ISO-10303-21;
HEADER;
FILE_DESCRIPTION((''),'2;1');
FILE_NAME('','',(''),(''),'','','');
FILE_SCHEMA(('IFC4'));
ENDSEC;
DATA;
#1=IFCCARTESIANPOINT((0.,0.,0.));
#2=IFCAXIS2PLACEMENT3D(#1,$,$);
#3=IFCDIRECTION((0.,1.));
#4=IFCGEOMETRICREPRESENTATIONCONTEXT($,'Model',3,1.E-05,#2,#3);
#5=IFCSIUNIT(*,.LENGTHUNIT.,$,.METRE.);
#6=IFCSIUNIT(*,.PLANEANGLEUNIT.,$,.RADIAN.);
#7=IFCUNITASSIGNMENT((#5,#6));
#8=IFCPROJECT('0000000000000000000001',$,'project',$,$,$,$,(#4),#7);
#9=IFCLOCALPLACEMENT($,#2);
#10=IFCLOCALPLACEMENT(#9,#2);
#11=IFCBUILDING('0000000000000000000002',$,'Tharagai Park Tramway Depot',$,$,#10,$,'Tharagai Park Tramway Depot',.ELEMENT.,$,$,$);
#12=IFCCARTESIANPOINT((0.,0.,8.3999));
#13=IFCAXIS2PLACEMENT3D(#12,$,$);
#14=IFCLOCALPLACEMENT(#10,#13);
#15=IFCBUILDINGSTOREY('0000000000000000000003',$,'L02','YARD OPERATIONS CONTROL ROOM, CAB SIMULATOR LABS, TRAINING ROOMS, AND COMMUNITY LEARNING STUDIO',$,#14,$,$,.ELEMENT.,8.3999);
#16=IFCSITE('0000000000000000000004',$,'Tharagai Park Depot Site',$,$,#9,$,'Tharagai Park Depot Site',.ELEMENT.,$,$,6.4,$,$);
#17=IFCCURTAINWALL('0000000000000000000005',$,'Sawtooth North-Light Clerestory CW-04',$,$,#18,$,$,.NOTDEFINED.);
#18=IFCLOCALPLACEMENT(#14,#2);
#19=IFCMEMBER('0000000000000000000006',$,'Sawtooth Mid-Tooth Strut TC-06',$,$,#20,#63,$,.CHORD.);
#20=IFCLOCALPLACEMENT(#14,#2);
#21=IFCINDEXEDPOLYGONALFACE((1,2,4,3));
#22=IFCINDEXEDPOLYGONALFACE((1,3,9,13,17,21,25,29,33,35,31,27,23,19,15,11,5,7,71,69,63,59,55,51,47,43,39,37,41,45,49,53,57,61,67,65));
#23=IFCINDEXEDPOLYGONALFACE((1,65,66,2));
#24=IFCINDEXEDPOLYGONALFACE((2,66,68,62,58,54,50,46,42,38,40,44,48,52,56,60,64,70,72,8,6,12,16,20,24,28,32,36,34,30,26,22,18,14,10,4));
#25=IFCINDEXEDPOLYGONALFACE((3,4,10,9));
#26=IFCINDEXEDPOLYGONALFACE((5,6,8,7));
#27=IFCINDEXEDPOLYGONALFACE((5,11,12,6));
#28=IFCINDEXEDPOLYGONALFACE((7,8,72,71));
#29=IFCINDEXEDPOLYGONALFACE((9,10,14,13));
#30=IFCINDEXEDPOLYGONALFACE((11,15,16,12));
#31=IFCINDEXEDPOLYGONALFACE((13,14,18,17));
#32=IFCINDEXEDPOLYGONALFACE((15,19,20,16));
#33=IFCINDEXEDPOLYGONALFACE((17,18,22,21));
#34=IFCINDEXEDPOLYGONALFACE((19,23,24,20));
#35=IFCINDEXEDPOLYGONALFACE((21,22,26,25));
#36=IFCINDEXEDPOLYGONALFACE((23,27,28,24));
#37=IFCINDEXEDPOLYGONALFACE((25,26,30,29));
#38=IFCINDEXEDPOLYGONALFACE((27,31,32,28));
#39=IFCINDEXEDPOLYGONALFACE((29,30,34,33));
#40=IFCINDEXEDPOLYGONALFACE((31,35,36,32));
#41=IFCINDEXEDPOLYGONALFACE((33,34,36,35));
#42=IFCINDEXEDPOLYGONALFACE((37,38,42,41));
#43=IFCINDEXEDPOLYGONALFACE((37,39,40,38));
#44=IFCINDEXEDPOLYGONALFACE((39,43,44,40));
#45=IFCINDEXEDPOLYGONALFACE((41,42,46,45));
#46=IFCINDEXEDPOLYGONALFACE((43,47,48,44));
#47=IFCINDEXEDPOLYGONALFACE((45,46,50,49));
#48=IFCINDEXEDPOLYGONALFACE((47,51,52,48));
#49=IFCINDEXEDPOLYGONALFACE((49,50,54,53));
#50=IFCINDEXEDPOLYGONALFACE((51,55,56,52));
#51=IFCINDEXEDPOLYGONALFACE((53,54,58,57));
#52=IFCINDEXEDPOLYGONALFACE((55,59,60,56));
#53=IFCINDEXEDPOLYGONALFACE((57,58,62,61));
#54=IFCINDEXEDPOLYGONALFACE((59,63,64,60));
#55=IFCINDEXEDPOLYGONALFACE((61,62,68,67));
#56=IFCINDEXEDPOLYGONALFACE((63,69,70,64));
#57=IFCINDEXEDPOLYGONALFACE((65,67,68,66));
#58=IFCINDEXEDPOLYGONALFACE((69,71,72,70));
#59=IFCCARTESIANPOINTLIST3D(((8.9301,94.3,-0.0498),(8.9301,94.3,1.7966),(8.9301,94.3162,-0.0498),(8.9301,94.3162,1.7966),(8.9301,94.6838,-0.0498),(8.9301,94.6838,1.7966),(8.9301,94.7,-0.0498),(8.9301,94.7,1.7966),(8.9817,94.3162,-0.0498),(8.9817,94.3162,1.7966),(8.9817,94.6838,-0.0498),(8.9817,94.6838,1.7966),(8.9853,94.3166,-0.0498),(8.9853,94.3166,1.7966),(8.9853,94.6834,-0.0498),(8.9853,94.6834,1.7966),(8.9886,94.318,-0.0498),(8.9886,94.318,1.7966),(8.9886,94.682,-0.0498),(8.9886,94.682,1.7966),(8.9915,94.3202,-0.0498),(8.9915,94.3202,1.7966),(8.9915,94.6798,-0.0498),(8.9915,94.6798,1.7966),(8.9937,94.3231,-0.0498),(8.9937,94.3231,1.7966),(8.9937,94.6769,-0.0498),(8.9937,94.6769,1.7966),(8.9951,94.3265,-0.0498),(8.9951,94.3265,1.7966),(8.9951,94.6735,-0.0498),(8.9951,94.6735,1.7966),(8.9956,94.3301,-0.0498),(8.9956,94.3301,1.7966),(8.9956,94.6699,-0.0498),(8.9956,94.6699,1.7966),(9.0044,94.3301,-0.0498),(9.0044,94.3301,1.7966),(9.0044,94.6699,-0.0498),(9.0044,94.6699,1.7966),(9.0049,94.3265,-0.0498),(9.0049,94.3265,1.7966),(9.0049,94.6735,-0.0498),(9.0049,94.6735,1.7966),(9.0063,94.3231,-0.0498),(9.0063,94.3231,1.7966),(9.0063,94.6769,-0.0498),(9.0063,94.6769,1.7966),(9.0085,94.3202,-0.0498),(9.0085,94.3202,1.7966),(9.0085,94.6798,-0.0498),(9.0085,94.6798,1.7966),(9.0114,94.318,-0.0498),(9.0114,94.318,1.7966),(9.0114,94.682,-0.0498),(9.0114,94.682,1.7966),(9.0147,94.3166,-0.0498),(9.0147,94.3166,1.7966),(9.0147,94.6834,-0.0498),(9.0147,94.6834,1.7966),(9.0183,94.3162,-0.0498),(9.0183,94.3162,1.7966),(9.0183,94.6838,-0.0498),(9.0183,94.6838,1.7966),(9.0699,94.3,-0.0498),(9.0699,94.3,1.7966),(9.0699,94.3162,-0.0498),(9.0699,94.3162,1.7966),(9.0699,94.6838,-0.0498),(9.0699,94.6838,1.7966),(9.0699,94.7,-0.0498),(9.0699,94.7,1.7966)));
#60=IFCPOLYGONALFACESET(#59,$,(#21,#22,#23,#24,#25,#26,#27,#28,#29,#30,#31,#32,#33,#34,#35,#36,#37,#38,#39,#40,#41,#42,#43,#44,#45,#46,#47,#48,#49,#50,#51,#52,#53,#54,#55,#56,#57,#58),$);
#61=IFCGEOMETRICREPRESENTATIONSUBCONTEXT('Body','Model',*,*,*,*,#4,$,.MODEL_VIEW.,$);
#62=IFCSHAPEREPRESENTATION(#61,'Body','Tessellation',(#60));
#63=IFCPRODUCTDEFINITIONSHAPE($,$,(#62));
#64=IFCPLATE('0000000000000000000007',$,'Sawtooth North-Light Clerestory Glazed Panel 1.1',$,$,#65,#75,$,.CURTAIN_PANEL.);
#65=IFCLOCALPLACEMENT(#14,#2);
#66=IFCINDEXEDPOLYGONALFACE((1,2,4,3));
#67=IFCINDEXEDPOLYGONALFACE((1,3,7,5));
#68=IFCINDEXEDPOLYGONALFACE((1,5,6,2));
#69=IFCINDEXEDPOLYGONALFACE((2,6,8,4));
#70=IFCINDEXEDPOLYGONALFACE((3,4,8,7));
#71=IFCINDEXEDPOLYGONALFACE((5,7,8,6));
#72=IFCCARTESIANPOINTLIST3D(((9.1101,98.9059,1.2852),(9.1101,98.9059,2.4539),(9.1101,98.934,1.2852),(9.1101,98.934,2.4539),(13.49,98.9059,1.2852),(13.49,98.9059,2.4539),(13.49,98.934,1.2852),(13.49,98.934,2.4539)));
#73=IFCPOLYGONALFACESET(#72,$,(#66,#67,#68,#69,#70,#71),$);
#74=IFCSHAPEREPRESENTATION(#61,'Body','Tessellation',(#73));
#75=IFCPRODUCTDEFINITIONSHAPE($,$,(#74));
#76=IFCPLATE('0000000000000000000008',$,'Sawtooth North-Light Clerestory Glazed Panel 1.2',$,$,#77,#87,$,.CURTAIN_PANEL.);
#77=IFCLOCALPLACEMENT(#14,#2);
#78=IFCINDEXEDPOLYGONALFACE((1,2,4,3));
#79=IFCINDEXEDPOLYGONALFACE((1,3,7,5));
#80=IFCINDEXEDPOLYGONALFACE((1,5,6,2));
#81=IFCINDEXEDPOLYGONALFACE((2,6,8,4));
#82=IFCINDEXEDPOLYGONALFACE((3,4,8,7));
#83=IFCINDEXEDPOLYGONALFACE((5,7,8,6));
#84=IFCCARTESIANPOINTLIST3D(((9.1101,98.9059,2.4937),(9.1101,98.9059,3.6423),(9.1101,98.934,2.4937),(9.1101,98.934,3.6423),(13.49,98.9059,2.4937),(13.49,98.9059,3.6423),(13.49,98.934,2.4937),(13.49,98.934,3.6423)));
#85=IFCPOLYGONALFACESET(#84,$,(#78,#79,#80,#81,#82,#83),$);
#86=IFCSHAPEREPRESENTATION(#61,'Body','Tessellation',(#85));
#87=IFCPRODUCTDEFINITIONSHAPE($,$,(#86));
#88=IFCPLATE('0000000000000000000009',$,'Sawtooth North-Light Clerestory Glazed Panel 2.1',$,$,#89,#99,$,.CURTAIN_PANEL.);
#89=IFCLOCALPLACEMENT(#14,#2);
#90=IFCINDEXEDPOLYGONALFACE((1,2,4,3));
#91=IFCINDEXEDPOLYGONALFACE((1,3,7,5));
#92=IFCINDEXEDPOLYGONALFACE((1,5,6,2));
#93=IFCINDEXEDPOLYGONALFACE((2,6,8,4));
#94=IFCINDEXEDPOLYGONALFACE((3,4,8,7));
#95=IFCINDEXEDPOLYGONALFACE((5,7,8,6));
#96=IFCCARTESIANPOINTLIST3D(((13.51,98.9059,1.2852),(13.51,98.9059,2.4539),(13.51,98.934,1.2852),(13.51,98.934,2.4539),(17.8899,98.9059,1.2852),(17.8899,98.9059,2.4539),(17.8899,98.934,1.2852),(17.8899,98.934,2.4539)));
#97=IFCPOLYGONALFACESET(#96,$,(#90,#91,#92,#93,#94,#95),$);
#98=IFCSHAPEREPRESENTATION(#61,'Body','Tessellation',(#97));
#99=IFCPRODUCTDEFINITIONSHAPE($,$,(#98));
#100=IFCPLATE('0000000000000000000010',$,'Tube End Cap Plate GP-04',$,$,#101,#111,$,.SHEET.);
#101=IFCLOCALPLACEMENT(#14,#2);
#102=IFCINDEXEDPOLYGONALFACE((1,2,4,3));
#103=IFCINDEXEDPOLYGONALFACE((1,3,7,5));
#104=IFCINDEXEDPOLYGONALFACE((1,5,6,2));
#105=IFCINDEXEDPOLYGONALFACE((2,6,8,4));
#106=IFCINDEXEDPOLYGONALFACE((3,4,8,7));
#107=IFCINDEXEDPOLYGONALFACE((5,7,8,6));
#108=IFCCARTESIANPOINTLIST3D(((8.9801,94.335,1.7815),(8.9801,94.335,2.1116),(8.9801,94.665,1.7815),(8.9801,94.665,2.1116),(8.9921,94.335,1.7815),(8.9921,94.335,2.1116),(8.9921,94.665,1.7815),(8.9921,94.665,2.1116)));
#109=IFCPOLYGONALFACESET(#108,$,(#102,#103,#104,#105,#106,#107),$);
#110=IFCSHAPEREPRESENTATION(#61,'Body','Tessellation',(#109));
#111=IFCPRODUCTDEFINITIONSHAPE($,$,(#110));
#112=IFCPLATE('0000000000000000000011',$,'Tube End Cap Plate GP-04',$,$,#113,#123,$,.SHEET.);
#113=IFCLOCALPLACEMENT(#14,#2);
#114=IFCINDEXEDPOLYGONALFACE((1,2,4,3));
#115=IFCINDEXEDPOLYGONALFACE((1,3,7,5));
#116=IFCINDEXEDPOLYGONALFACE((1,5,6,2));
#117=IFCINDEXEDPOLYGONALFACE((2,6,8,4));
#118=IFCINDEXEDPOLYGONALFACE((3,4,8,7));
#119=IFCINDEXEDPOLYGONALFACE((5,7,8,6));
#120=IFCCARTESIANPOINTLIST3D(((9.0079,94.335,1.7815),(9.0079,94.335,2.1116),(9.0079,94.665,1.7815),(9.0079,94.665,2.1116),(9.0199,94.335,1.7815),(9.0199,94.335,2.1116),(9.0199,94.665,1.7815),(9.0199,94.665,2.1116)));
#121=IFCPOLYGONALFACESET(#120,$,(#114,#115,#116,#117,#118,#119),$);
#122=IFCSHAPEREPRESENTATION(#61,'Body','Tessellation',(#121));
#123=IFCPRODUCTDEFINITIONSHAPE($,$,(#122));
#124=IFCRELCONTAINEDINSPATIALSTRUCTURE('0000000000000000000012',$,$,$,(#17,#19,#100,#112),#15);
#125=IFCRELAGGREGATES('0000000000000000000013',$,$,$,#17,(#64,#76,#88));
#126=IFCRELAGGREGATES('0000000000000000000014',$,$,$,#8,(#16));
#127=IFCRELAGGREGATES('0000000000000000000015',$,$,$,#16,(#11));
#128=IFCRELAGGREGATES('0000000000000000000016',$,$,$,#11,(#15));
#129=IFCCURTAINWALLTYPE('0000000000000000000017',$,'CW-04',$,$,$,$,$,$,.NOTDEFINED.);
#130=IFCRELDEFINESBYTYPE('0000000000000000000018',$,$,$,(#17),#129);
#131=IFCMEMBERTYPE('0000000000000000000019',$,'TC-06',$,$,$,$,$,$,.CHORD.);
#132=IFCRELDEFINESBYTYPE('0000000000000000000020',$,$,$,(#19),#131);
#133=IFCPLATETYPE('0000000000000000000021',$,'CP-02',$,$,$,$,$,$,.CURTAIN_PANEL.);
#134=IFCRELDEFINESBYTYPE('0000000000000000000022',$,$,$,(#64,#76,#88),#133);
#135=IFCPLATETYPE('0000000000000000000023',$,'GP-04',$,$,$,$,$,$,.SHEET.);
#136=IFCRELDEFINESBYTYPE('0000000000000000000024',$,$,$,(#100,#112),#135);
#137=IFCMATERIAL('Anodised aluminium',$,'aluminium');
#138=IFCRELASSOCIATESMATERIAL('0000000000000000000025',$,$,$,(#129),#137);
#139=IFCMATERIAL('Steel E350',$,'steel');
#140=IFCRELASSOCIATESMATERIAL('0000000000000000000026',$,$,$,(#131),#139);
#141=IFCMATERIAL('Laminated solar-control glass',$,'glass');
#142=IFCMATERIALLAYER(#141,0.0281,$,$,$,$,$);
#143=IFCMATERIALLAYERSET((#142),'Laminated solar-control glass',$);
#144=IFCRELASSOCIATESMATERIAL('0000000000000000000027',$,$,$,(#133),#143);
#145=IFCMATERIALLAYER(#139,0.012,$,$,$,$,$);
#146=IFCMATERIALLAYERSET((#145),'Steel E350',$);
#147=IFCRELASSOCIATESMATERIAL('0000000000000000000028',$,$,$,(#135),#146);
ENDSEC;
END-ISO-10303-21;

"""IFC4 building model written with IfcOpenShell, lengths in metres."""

from ifc_helpers import new_model, si_unit, direction, frame, origin, origin_2d, place, context, subcontext, project, spatial, rectangle, i_section, extrude, material, layer, layer_set, material_profile, profile_set, type_object, element, aggregate, save


model = new_model("IFC4")

# Units and contexts
model_context = context("Model", 3, precision=1e-05, world=origin(), true_north=direction((0.0, 1.0)))
body_context = subcontext(model_context, "Body", "Model", "MODEL_VIEW")
ifc_project = project(units=[si_unit("LENGTHUNIT", "METRE"), si_unit("PLANEANGLEUNIT", "RADIAN")], contexts=[model_context])

# Site, building, storey
site_placement = place(None, origin())
site = spatial("IfcSite", under=ifc_project, at=site_placement, Name="Tharagai Park Depot Site", LongName="Tharagai Park Depot Site", CompositionType="ELEMENT", RefElevation=6.4)
building_placement = place(site_placement, origin())
building = spatial("IfcBuilding", under=site, at=building_placement, Name="Tharagai Park Tramway Depot", LongName="Tharagai Park Tramway Depot", CompositionType="ELEMENT")
storey_placement = place(building_placement, frame((0.0, 0.0, 8.3999)))
storey = spatial("IfcBuildingStorey", under=building, at=storey_placement, Name="L02", Description="YARD OPERATIONS CONTROL ROOM, CAB SIMULATOR LABS, TRAINING ROOMS, AND COMMUNITY LEARNING STUDIO", CompositionType="ELEMENT", Elevation=8.3999)

# Shared definitions
ifc_material_1 = material(Name="Steel E350", Category="steel")

# Curtain wall
ifc_material_2 = material(Name="Anodised aluminium", Category="aluminium")
curtain_wall_type = type_object("IfcCurtainWallType", Name="CW-04", PredefinedType="NOTDEFINED", material=ifc_material_2)
curtain_wall_1_placement = place(storey_placement, origin())
curtain_wall_1 = element("IfcCurtainWall", 1, at=curtain_wall_1_placement, inside=storey, type_object=curtain_wall_type, Name="Sawtooth North-Light Clerestory CW-04", PredefinedType="NOTDEFINED")

# Member
ifc_material_profile_1 = material_profile(ifc_material_1, i_section(OverallWidth=0.1399, OverallDepth=0.3999, WebThickness=0.0088, FlangeThickness=0.0161, FilletRadius=0.0139, at=origin_2d()), Name="ISMB 400")
ifc_profile_set_1 = profile_set([ifc_material_profile_1], Name="Steel E350")
member_type_1 = type_object("IfcMemberType", Name="TC-06", PredefinedType="CHORD", material=ifc_profile_set_1)
member_1_placement = place(storey_placement, frame((9.0, 94.5, -0.0498), z_axis=(0.0, 0.0, 1.0), x_axis=(1.0, 0.0, 0.0)))
element("IfcMember", 2, at=member_1_placement, inside=storey, type_object=member_type_1, Name="Sawtooth Mid-Tooth Strut TC-06", PredefinedType="CHORD", context=body_context, shape_type="SweptSolid", body=[
    extrude(i_section(OverallWidth=0.1399, OverallDepth=0.3999, WebThickness=0.0088, FlangeThickness=0.0161, FilletRadius=0.0139, at=origin_2d()), origin(), (0.0, 0.0, 1.0), 1.8464),
])

# Plates
ifc_material_3 = material(Name="Laminated solar-control glass", Category="glass")
ifc_layer_1 = layer(ifc_material_3, 0.0281)
ifc_layer_set_1 = layer_set([ifc_layer_1], Name="Laminated solar-control glass")
plate_type_1 = type_object("IfcPlateType", Name="CP-02", PredefinedType="CURTAIN_PANEL", material=ifc_layer_set_1)
plate_1_placement = place(storey_placement, frame((11.3, 98.9199, 1.2852), z_axis=(0.0, 0.0, 1.0), x_axis=(1.0, 0.0, 0.0)))
plate_1 = element("IfcPlate", 3, at=plate_1_placement, type_object=plate_type_1, Name="Sawtooth North-Light Clerestory Glazed Panel 1.1", PredefinedType="CURTAIN_PANEL", context=body_context, shape_type="SweptSolid", body=[
    extrude(rectangle(XDim=4.3799, YDim=0.0281, at=origin_2d()), origin(), (0.0, 0.0, 1.0), 1.1687),
])
plate_2_placement = place(storey_placement, frame((11.3, 98.9199, 2.4937), z_axis=(0.0, 0.0, 1.0), x_axis=(1.0, 0.0, 0.0)))
plate_2 = element("IfcPlate", 4, at=plate_2_placement, type_object=plate_type_1, Name="Sawtooth North-Light Clerestory Glazed Panel 1.2", PredefinedType="CURTAIN_PANEL", context=body_context, shape_type="SweptSolid", body=[
    extrude(rectangle(XDim=4.3799, YDim=0.0281, at=origin_2d()), origin(), (0.0, 0.0, 1.0), 1.1487),
])
plate_3_placement = place(storey_placement, frame((15.7, 98.9199, 1.2852), z_axis=(0.0, 0.0, 1.0), x_axis=(1.0, 0.0, 0.0)))
plate_3 = element("IfcPlate", 5, at=plate_3_placement, type_object=plate_type_1, Name="Sawtooth North-Light Clerestory Glazed Panel 2.1", PredefinedType="CURTAIN_PANEL", context=body_context, shape_type="SweptSolid", body=[
    extrude(rectangle(XDim=4.3799, YDim=0.0281, at=origin_2d()), origin(), (0.0, 0.0, 1.0), 1.1687),
])
aggregate(curtain_wall_1, [plate_1, plate_2, plate_3])

# Plates
ifc_layer_2 = layer(ifc_material_1, 0.012)
ifc_layer_set_2 = layer_set([ifc_layer_2], Name="Steel E350")
plate_type_2 = type_object("IfcPlateType", Name="GP-04", PredefinedType="SHEET", material=ifc_layer_set_2)
for number, where, z_axis, x_axis, name in (
    (6, (8.9861, 94.5, 1.7815), (0.0, 0.0, 1.0), (1.0, 0.0, 0.0), "Tube End Cap Plate GP-04"),
    (7, (9.0139, 94.5, 1.7815), (0.0, 0.0, 1.0), (1.0, 0.0, 0.0), "Tube End Cap Plate GP-04"),
):
    element("IfcPlate", number, at=place(storey_placement, frame(where, z_axis=z_axis, x_axis=x_axis)), inside=storey, type_object=plate_type_2, Name=name, PredefinedType="SHEET", context=body_context, shape_type="SweptSolid", body=[
        extrude(rectangle(XDim=0.012, YDim=0.3301, at=origin_2d()), origin(), (0.0, 0.0, 1.0), 0.3301),
    ])

save(model, "model.ifc")
